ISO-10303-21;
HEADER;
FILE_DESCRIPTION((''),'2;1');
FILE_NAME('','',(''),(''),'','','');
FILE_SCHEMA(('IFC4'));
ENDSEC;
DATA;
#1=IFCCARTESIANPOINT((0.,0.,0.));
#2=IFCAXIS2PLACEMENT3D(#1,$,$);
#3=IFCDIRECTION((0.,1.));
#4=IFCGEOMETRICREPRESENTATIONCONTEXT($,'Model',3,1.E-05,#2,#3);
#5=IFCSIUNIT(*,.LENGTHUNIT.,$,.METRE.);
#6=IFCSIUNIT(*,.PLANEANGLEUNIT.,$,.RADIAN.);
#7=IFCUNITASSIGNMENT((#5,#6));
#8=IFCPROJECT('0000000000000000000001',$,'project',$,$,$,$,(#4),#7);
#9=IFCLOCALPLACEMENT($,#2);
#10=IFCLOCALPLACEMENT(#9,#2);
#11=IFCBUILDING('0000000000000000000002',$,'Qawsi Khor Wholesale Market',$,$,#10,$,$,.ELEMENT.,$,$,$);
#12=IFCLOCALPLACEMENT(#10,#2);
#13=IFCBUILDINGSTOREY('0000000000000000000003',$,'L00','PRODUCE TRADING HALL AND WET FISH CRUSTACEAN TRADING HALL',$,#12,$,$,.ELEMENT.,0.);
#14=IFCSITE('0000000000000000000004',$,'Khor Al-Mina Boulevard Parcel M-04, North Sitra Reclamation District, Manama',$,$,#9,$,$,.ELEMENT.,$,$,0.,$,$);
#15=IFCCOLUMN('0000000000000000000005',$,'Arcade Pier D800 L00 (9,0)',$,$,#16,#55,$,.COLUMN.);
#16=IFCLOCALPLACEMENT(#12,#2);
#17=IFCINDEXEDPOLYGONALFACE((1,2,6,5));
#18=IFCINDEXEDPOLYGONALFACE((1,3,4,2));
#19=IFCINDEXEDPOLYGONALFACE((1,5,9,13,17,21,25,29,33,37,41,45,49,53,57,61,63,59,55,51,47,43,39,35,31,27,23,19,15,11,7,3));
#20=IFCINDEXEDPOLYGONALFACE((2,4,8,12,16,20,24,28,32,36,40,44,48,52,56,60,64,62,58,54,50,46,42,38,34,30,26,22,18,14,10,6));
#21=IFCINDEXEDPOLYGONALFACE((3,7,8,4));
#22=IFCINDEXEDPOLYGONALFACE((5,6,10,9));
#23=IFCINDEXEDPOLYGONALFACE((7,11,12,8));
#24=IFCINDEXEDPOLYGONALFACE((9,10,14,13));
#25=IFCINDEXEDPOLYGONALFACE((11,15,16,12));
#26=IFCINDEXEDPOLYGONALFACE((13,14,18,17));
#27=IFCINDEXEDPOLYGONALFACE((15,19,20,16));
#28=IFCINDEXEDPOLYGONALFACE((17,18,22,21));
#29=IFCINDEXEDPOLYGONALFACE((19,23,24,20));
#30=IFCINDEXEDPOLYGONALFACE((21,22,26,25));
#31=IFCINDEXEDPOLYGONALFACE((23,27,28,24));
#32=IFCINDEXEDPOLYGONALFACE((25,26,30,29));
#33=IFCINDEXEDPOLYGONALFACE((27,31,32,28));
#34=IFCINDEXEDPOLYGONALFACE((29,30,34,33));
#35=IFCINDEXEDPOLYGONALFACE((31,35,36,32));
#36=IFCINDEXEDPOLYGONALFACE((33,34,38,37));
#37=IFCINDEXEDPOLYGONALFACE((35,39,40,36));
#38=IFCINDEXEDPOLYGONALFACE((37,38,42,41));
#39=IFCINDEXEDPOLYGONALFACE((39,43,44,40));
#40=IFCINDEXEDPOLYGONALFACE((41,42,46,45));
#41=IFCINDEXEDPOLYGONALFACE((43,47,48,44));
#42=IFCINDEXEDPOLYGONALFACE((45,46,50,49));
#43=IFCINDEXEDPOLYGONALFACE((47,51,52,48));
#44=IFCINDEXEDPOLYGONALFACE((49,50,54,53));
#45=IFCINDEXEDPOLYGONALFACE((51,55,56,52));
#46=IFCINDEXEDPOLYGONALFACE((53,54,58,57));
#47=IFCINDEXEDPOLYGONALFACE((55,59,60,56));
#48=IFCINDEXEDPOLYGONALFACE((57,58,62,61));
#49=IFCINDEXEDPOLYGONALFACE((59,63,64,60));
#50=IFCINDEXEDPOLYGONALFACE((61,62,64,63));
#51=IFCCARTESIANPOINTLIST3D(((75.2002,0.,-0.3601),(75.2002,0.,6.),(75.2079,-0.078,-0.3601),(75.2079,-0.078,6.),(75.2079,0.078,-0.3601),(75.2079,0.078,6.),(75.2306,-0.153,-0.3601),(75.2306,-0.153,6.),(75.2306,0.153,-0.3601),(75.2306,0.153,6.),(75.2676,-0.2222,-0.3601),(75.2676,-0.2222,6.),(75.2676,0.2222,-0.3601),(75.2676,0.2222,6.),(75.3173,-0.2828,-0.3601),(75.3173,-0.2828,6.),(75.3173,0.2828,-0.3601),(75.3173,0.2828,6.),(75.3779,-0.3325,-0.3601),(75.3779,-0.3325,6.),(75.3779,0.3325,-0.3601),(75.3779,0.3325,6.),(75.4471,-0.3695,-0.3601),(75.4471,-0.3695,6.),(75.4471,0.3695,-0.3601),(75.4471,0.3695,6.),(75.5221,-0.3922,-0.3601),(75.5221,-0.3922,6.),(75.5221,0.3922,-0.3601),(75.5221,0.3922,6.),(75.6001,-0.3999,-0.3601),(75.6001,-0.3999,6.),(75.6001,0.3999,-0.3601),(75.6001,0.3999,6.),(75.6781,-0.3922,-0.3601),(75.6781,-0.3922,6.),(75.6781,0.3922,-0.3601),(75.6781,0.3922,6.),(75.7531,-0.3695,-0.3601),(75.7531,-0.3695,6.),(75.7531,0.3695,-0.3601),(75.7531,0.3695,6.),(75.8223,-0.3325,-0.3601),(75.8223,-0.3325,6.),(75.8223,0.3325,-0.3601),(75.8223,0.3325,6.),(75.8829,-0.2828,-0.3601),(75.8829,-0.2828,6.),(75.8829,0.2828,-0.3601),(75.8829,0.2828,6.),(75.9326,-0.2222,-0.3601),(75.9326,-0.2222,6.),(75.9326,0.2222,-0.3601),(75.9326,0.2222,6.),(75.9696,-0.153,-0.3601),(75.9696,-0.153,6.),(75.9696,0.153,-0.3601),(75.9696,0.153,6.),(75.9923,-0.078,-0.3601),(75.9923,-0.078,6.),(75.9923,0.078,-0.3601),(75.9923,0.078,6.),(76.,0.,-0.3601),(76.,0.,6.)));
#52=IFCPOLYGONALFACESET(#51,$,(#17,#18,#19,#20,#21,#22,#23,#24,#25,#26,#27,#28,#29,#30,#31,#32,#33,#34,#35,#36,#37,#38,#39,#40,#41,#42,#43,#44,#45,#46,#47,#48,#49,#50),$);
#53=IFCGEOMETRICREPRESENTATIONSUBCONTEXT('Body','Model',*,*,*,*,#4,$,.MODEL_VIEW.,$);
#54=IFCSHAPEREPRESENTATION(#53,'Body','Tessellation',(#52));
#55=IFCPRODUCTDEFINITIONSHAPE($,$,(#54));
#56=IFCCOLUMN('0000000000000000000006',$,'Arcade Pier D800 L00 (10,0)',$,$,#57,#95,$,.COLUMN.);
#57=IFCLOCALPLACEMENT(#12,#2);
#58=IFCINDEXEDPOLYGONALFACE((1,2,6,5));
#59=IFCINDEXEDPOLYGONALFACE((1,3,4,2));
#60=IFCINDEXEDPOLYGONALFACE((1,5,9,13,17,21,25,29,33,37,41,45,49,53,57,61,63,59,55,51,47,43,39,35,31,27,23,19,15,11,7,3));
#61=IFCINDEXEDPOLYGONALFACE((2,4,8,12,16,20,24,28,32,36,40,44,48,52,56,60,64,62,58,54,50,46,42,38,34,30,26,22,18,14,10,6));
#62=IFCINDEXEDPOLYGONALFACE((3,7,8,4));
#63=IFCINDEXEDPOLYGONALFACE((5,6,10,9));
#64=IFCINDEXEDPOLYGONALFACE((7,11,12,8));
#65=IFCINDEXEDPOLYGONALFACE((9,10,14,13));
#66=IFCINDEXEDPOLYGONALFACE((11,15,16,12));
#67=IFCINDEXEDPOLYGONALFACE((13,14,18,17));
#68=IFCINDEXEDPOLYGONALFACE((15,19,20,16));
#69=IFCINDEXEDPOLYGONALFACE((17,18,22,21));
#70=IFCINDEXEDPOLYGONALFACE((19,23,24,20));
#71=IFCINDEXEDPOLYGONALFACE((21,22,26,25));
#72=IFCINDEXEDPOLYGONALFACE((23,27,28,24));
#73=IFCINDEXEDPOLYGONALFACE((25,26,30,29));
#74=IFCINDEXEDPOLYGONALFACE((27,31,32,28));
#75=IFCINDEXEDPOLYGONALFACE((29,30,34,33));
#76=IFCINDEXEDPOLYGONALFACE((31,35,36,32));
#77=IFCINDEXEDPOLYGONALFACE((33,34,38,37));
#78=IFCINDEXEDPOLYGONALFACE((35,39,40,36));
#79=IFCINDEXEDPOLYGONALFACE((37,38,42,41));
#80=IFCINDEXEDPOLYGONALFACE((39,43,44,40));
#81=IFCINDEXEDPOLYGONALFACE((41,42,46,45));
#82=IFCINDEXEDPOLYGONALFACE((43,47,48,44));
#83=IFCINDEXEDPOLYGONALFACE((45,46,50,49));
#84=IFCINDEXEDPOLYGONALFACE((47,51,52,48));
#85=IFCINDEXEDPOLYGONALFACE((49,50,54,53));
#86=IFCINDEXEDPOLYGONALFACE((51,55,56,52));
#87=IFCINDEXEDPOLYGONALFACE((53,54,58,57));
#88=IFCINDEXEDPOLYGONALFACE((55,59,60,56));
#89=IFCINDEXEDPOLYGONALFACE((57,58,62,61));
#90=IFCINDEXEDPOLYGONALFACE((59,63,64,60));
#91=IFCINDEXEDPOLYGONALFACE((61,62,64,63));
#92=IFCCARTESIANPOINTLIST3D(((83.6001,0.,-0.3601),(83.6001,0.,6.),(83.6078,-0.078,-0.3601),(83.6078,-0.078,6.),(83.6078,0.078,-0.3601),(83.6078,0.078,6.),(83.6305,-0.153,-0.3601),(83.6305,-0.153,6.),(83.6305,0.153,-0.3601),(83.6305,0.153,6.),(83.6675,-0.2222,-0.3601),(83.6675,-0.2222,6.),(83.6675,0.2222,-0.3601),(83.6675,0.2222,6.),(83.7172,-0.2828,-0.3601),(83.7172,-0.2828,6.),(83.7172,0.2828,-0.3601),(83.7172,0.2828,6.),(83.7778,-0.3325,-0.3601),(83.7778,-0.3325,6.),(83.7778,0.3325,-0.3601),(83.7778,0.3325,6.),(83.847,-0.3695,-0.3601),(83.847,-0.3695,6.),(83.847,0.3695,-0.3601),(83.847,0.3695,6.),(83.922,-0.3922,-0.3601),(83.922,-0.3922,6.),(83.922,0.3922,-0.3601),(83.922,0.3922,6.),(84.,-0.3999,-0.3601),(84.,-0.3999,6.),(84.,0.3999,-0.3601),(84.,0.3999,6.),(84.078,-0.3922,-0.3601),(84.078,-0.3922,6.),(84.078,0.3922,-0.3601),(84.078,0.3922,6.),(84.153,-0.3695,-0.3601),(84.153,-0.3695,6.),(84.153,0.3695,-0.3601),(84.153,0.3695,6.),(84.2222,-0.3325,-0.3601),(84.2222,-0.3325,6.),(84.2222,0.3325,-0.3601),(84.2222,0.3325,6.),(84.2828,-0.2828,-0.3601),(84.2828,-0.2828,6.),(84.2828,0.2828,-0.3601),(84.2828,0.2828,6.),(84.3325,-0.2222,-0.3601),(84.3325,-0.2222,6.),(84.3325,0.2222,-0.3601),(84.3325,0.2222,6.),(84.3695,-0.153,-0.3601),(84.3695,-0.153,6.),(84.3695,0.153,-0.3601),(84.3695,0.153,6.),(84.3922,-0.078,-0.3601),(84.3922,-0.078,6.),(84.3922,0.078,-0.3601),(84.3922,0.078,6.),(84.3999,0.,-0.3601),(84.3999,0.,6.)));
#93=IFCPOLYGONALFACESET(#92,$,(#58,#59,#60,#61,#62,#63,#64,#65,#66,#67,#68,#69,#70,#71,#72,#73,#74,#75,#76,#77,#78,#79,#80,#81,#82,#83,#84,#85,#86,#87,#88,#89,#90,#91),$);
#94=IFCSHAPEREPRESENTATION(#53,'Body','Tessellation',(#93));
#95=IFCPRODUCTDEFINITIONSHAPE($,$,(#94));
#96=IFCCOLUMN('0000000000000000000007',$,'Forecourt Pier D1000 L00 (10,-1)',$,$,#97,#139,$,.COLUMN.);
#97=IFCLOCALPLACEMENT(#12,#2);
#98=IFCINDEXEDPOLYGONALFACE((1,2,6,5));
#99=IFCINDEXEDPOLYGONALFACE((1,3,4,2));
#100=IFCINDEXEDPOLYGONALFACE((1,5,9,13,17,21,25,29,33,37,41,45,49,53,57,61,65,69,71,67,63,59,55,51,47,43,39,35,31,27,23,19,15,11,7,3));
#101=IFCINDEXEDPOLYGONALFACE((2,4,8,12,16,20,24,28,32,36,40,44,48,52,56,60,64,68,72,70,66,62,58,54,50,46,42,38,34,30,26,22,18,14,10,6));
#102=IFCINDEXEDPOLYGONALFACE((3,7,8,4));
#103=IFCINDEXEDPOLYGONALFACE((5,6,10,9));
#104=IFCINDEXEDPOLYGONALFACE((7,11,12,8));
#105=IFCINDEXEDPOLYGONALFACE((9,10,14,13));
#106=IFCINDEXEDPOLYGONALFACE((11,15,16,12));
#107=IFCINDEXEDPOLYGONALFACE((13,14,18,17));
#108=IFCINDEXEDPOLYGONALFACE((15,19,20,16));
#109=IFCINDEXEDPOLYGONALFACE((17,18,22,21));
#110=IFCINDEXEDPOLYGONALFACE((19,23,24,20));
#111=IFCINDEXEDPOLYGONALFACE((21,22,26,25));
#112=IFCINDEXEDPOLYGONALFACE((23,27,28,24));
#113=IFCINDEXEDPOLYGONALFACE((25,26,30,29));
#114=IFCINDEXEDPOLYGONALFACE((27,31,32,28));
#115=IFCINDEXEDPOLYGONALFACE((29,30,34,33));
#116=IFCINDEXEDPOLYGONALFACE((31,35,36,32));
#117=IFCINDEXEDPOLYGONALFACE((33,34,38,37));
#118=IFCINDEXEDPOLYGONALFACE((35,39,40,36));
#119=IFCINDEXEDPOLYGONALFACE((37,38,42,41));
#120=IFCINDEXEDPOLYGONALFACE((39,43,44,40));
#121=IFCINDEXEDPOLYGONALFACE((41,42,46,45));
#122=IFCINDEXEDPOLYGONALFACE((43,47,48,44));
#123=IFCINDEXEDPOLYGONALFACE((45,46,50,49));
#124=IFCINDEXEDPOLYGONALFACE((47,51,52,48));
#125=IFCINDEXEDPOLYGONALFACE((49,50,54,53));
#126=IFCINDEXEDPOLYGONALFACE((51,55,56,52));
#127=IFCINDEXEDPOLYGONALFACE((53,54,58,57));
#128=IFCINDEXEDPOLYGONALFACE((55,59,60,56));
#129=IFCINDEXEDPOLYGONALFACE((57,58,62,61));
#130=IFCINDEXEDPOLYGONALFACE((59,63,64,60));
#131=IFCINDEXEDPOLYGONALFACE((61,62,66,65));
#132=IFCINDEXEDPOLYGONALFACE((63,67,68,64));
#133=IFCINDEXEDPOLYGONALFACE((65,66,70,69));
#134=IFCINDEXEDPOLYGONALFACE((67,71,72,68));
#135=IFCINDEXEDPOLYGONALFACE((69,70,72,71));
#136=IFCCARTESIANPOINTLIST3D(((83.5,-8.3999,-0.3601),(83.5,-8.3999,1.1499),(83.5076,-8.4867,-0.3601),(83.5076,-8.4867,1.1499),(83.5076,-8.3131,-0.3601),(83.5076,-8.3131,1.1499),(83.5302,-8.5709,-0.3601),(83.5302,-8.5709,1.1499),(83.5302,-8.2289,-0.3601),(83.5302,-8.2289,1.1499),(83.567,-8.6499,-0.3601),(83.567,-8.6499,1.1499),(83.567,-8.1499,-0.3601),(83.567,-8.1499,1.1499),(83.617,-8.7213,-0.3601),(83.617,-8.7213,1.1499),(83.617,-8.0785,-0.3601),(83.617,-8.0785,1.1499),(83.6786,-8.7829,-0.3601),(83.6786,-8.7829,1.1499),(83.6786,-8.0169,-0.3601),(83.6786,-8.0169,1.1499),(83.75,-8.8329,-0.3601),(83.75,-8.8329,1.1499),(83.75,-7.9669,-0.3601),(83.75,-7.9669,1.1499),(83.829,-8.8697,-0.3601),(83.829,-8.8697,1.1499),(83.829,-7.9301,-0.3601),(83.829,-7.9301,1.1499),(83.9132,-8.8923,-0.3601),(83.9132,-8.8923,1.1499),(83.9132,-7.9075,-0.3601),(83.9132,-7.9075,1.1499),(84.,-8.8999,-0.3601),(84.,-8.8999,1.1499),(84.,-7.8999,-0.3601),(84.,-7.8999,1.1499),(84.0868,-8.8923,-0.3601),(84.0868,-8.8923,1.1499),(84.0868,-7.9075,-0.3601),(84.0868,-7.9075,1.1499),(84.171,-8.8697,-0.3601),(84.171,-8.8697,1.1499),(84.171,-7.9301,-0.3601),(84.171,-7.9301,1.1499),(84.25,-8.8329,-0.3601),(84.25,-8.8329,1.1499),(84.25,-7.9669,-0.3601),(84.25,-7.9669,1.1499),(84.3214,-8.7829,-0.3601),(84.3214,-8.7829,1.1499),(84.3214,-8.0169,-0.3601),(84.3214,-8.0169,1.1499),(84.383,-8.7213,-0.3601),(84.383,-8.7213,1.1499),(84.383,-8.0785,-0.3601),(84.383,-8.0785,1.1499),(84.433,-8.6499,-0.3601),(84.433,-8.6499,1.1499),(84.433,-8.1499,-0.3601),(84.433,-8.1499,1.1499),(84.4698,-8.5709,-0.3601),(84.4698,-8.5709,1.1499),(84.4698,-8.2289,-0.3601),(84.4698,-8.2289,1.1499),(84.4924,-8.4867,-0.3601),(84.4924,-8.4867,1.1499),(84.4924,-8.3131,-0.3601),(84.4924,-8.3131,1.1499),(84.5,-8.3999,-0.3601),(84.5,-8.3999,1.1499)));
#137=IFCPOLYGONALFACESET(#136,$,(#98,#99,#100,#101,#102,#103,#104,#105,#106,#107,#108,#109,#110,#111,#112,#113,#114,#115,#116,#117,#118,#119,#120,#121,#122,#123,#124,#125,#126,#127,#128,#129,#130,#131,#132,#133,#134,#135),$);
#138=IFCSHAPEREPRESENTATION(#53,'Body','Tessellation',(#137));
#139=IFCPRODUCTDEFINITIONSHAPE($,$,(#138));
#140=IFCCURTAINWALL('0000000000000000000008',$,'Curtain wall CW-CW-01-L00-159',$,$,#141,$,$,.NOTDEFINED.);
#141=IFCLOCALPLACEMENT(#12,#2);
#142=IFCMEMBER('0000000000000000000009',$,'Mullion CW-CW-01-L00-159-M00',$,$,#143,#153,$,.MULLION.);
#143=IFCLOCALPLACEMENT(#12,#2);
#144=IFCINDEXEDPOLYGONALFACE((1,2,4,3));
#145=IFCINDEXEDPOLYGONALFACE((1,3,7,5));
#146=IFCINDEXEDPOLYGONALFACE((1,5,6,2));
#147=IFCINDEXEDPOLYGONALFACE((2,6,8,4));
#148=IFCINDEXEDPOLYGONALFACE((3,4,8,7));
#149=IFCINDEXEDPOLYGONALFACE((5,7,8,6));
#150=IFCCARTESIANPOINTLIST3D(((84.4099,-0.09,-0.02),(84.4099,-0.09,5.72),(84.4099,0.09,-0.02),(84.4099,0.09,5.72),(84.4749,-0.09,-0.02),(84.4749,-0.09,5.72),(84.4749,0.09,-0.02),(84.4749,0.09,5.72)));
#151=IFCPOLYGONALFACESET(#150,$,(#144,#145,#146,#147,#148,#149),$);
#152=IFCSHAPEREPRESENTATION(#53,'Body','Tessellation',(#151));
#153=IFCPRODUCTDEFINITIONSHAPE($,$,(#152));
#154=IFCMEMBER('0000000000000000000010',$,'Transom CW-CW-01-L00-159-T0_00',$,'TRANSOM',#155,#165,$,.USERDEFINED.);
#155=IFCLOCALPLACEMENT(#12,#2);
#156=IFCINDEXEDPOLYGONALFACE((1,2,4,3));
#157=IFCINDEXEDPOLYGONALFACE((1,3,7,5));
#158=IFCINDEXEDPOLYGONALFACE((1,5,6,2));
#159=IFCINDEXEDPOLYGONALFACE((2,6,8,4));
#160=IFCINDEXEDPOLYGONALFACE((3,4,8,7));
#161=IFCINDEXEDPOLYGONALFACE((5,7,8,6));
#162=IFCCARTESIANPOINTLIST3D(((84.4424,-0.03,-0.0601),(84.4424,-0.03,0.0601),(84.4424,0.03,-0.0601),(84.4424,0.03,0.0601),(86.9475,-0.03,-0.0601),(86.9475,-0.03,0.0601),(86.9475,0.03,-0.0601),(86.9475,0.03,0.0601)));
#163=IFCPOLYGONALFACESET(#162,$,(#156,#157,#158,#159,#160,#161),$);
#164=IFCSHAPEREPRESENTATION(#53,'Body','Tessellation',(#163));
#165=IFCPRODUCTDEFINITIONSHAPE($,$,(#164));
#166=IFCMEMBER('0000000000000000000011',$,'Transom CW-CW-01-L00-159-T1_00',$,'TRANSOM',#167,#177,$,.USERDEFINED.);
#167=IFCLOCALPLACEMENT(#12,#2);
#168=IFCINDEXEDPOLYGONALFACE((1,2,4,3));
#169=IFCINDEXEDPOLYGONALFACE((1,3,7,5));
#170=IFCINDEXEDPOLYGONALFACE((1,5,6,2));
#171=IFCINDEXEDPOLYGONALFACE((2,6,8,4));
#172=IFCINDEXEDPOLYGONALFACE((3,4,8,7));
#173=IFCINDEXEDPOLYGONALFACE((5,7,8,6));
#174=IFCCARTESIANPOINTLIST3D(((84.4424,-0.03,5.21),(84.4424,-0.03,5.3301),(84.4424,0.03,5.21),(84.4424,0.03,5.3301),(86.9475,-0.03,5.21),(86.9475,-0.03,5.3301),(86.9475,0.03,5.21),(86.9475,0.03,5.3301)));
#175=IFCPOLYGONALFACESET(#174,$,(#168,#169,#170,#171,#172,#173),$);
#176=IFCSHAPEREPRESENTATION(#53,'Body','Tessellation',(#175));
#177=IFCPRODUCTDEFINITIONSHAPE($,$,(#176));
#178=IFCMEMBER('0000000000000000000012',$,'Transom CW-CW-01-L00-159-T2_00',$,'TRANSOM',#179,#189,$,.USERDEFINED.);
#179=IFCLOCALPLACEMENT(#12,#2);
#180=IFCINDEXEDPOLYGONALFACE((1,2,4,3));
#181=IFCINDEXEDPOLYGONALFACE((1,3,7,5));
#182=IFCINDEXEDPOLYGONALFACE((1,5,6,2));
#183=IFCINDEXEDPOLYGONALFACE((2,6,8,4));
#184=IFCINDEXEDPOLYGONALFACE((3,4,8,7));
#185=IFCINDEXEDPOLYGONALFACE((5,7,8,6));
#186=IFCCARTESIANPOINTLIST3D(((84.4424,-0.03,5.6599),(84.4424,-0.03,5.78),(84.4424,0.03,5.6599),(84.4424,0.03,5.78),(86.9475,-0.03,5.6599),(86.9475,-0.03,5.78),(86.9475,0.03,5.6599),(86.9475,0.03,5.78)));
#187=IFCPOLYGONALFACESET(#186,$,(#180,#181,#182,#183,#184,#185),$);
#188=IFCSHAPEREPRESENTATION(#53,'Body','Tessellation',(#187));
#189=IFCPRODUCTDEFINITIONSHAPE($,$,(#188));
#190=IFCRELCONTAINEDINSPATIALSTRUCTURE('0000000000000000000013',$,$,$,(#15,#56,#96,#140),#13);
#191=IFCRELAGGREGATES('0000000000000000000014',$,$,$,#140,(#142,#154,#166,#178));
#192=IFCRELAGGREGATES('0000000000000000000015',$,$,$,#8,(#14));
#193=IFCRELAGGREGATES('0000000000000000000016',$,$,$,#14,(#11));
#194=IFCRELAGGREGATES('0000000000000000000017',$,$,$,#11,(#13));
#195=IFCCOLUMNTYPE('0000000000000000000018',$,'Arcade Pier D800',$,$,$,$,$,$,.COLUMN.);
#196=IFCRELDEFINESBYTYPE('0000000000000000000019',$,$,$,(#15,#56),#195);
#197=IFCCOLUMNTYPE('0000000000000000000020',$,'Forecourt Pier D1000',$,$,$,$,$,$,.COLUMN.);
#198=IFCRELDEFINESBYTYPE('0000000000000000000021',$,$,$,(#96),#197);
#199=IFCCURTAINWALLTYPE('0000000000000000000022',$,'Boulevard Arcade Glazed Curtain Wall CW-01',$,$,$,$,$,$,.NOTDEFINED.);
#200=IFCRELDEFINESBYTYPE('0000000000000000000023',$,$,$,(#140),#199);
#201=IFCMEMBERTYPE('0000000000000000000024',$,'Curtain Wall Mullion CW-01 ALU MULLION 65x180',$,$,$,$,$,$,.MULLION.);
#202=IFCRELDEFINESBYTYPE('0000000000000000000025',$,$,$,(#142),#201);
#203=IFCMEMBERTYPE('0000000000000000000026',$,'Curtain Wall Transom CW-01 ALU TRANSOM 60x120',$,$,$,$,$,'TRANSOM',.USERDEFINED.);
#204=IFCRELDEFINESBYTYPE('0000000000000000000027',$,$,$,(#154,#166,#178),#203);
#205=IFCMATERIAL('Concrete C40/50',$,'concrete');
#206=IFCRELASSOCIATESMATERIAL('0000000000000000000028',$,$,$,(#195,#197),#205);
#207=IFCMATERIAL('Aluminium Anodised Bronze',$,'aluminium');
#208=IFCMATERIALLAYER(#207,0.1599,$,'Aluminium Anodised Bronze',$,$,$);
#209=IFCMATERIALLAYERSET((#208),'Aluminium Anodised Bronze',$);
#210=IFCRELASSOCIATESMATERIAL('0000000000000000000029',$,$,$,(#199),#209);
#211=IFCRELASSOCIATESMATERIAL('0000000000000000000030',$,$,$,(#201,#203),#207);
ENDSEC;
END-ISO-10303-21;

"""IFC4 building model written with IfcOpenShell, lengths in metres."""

from ifc_helpers import new_model, si_unit, direction, frame, origin, origin_2d, place, context, subcontext, project, spatial, rectangle, circle, extrude, material, layer, layer_set, material_profile, profile_set, type_object, element, aggregate, save


model = new_model("IFC4")

# Units and contexts
model_context = context("Model", 3, precision=1e-05, world=origin(), true_north=direction((0.0, 1.0)))
body_context = subcontext(model_context, "Body", "Model", "MODEL_VIEW")
ifc_project = project(units=[si_unit("LENGTHUNIT", "METRE"), si_unit("PLANEANGLEUNIT", "RADIAN")], contexts=[model_context])

# Site, building, storey
site_placement = place(None, origin())
site = spatial("IfcSite", under=ifc_project, at=site_placement, Name="Khor Al-Mina Boulevard Parcel M-04, North Sitra Reclamation District, Manama", CompositionType="ELEMENT", RefElevation=0.0)
building_placement = place(site_placement, origin())
building = spatial("IfcBuilding", under=site, at=building_placement, Name="Qawsi Khor Wholesale Market", CompositionType="ELEMENT")
storey_placement = place(building_placement, origin())
storey = spatial("IfcBuildingStorey", under=building, at=storey_placement, Name="L00", Description="PRODUCE TRADING HALL AND WET FISH CRUSTACEAN TRADING HALL", CompositionType="ELEMENT", Elevation=0.0)

# Columns
ifc_material_1 = material(Name="Concrete C40/50", Category="concrete")
ifc_material_profile_1 = material_profile(ifc_material_1, circle(Radius=0.3999, at=origin_2d()), Name="RC COL D800")
ifc_profile_set_1 = profile_set([ifc_material_profile_1], Name="Concrete C40/50")
column_type_1 = type_object("IfcColumnType", Name="Arcade Pier D800", PredefinedType="COLUMN", material=ifc_profile_set_1)
for number, where, z_axis, x_axis, name in (
    (1, (75.6001, 0.0, -0.3601), (0.0, 0.0, 1.0), (1.0, 0.0, 0.0), "Arcade Pier D800 L00 (9,0)"),
    (2, (84.0, 0.0, -0.3601), (0.0, 0.0, 1.0), (1.0, 0.0, 0.0), "Arcade Pier D800 L00 (10,0)"),
):
    element("IfcColumn", number, at=place(storey_placement, frame(where, z_axis=z_axis, x_axis=x_axis)), inside=storey, type_object=column_type_1, Name=name, PredefinedType="COLUMN", context=body_context, shape_type="SweptSolid", body=[
        extrude(circle(Radius=0.3999, at=origin_2d()), origin(), (0.0, 0.0, 1.0), 6.3601),
    ])
ifc_material_profile_2 = material_profile(ifc_material_1, circle(Radius=0.5, at=origin_2d()), Name="RC COL D1000")
ifc_profile_set_2 = profile_set([ifc_material_profile_2], Name="Concrete C40/50")
column_type_2 = type_object("IfcColumnType", Name="Forecourt Pier D1000", PredefinedType="COLUMN", material=ifc_profile_set_2)
column_placement = place(storey_placement, frame((84.0, -8.3999, -0.3601), z_axis=(0.0, 0.0, 1.0), x_axis=(1.0, 0.0, 0.0)))
element("IfcColumn", 3, at=column_placement, inside=storey, type_object=column_type_2, Name="Forecourt Pier D1000 L00 (10,-1)", PredefinedType="COLUMN", context=body_context, shape_type="SweptSolid", body=[
    extrude(circle(Radius=0.5, at=origin_2d()), origin(), (0.0, 0.0, 1.0), 1.51),
])

# Curtain wall, members
ifc_material_2 = material(Name="Aluminium Anodised Bronze", Category="aluminium")
ifc_layer_1 = layer(ifc_material_2, 0.1599, Name="Aluminium Anodised Bronze")
ifc_layer_set_1 = layer_set([ifc_layer_1], Name="Aluminium Anodised Bronze")
curtain_wall_type = type_object("IfcCurtainWallType", Name="Boulevard Arcade Glazed Curtain Wall CW-01", PredefinedType="NOTDEFINED", material=ifc_layer_set_1)
curtain_wall_placement = place(storey_placement, origin())
curtain_wall = element("IfcCurtainWall", 4, at=curtain_wall_placement, inside=storey, type_object=curtain_wall_type, Name="Curtain wall CW-CW-01-L00-159", PredefinedType="NOTDEFINED")
ifc_material_profile_3 = material_profile(ifc_material_2, rectangle(XDim=0.0649, YDim=0.1799, at=origin_2d()), Name="ALU MULLION 65x180")
ifc_profile_set_3 = profile_set([ifc_material_profile_3], Name="Aluminium Anodised Bronze")
member_type_1 = type_object("IfcMemberType", Name="Curtain Wall Mullion CW-01 ALU MULLION 65x180", PredefinedType="MULLION", material=ifc_profile_set_3)
member_1_placement = place(storey_placement, frame((84.4424, 0.0, -0.02), z_axis=(0.0, 0.0, 1.0), x_axis=(1.0, 0.0, 0.0)))
member_1 = element("IfcMember", 5, at=member_1_placement, type_object=member_type_1, Name="Mullion CW-CW-01-L00-159-M00", PredefinedType="MULLION", context=body_context, shape_type="SweptSolid", body=[
    extrude(rectangle(XDim=0.0649, YDim=0.1799, at=origin_2d()), origin(), (0.0, 0.0, 1.0), 5.74),
])
ifc_material_profile_4 = material_profile(ifc_material_2, rectangle(XDim=0.0601, YDim=0.1201, at=origin_2d()), Name="ALU TRANSOM 60x120")
ifc_profile_set_4 = profile_set([ifc_material_profile_4], Name="Aluminium Anodised Bronze")
member_type_2 = type_object("IfcMemberType", Name="Curtain Wall Transom CW-01 ALU TRANSOM 60x120", ElementType="TRANSOM", PredefinedType="USERDEFINED", material=ifc_profile_set_4)
member_2_placement = place(storey_placement, frame((84.4424, 0.0, 0.0), z_axis=(1.0, 0.0, 0.0), x_axis=(0.0, 1.0, 0.0)))
member_2 = element("IfcMember", 6, at=member_2_placement, type_object=member_type_2, Name="Transom CW-CW-01-L00-159-T0_00", ObjectType="TRANSOM", PredefinedType="USERDEFINED", context=body_context, shape_type="SweptSolid", body=[
    extrude(rectangle(XDim=0.0601, YDim=0.1201, at=origin_2d()), origin(), (0.0, 0.0, 1.0), 2.5051),
])
member_3_placement = place(storey_placement, frame((84.4424, 0.0, 5.27), z_axis=(1.0, 0.0, 0.0), x_axis=(0.0, 1.0, 0.0)))
member_3 = element("IfcMember", 7, at=member_3_placement, type_object=member_type_2, Name="Transom CW-CW-01-L00-159-T1_00", ObjectType="TRANSOM", PredefinedType="USERDEFINED", context=body_context, shape_type="SweptSolid", body=[
    extrude(rectangle(XDim=0.0601, YDim=0.1201, at=origin_2d()), origin(), (0.0, 0.0, 1.0), 2.5051),
])
member_4_placement = place(storey_placement, frame((84.4424, 0.0, 5.72), z_axis=(1.0, 0.0, 0.0), x_axis=(0.0, 1.0, 0.0)))
member_4 = element("IfcMember", 8, at=member_4_placement, type_object=member_type_2, Name="Transom CW-CW-01-L00-159-T2_00", ObjectType="TRANSOM", PredefinedType="USERDEFINED", context=body_context, shape_type="SweptSolid", body=[
    extrude(rectangle(XDim=0.0601, YDim=0.1201, at=origin_2d()), origin(), (0.0, 0.0, 1.0), 2.5051),
])

aggregate(curtain_wall, [member_1, member_2, member_3, member_4])

save(model, "model.ifc")
